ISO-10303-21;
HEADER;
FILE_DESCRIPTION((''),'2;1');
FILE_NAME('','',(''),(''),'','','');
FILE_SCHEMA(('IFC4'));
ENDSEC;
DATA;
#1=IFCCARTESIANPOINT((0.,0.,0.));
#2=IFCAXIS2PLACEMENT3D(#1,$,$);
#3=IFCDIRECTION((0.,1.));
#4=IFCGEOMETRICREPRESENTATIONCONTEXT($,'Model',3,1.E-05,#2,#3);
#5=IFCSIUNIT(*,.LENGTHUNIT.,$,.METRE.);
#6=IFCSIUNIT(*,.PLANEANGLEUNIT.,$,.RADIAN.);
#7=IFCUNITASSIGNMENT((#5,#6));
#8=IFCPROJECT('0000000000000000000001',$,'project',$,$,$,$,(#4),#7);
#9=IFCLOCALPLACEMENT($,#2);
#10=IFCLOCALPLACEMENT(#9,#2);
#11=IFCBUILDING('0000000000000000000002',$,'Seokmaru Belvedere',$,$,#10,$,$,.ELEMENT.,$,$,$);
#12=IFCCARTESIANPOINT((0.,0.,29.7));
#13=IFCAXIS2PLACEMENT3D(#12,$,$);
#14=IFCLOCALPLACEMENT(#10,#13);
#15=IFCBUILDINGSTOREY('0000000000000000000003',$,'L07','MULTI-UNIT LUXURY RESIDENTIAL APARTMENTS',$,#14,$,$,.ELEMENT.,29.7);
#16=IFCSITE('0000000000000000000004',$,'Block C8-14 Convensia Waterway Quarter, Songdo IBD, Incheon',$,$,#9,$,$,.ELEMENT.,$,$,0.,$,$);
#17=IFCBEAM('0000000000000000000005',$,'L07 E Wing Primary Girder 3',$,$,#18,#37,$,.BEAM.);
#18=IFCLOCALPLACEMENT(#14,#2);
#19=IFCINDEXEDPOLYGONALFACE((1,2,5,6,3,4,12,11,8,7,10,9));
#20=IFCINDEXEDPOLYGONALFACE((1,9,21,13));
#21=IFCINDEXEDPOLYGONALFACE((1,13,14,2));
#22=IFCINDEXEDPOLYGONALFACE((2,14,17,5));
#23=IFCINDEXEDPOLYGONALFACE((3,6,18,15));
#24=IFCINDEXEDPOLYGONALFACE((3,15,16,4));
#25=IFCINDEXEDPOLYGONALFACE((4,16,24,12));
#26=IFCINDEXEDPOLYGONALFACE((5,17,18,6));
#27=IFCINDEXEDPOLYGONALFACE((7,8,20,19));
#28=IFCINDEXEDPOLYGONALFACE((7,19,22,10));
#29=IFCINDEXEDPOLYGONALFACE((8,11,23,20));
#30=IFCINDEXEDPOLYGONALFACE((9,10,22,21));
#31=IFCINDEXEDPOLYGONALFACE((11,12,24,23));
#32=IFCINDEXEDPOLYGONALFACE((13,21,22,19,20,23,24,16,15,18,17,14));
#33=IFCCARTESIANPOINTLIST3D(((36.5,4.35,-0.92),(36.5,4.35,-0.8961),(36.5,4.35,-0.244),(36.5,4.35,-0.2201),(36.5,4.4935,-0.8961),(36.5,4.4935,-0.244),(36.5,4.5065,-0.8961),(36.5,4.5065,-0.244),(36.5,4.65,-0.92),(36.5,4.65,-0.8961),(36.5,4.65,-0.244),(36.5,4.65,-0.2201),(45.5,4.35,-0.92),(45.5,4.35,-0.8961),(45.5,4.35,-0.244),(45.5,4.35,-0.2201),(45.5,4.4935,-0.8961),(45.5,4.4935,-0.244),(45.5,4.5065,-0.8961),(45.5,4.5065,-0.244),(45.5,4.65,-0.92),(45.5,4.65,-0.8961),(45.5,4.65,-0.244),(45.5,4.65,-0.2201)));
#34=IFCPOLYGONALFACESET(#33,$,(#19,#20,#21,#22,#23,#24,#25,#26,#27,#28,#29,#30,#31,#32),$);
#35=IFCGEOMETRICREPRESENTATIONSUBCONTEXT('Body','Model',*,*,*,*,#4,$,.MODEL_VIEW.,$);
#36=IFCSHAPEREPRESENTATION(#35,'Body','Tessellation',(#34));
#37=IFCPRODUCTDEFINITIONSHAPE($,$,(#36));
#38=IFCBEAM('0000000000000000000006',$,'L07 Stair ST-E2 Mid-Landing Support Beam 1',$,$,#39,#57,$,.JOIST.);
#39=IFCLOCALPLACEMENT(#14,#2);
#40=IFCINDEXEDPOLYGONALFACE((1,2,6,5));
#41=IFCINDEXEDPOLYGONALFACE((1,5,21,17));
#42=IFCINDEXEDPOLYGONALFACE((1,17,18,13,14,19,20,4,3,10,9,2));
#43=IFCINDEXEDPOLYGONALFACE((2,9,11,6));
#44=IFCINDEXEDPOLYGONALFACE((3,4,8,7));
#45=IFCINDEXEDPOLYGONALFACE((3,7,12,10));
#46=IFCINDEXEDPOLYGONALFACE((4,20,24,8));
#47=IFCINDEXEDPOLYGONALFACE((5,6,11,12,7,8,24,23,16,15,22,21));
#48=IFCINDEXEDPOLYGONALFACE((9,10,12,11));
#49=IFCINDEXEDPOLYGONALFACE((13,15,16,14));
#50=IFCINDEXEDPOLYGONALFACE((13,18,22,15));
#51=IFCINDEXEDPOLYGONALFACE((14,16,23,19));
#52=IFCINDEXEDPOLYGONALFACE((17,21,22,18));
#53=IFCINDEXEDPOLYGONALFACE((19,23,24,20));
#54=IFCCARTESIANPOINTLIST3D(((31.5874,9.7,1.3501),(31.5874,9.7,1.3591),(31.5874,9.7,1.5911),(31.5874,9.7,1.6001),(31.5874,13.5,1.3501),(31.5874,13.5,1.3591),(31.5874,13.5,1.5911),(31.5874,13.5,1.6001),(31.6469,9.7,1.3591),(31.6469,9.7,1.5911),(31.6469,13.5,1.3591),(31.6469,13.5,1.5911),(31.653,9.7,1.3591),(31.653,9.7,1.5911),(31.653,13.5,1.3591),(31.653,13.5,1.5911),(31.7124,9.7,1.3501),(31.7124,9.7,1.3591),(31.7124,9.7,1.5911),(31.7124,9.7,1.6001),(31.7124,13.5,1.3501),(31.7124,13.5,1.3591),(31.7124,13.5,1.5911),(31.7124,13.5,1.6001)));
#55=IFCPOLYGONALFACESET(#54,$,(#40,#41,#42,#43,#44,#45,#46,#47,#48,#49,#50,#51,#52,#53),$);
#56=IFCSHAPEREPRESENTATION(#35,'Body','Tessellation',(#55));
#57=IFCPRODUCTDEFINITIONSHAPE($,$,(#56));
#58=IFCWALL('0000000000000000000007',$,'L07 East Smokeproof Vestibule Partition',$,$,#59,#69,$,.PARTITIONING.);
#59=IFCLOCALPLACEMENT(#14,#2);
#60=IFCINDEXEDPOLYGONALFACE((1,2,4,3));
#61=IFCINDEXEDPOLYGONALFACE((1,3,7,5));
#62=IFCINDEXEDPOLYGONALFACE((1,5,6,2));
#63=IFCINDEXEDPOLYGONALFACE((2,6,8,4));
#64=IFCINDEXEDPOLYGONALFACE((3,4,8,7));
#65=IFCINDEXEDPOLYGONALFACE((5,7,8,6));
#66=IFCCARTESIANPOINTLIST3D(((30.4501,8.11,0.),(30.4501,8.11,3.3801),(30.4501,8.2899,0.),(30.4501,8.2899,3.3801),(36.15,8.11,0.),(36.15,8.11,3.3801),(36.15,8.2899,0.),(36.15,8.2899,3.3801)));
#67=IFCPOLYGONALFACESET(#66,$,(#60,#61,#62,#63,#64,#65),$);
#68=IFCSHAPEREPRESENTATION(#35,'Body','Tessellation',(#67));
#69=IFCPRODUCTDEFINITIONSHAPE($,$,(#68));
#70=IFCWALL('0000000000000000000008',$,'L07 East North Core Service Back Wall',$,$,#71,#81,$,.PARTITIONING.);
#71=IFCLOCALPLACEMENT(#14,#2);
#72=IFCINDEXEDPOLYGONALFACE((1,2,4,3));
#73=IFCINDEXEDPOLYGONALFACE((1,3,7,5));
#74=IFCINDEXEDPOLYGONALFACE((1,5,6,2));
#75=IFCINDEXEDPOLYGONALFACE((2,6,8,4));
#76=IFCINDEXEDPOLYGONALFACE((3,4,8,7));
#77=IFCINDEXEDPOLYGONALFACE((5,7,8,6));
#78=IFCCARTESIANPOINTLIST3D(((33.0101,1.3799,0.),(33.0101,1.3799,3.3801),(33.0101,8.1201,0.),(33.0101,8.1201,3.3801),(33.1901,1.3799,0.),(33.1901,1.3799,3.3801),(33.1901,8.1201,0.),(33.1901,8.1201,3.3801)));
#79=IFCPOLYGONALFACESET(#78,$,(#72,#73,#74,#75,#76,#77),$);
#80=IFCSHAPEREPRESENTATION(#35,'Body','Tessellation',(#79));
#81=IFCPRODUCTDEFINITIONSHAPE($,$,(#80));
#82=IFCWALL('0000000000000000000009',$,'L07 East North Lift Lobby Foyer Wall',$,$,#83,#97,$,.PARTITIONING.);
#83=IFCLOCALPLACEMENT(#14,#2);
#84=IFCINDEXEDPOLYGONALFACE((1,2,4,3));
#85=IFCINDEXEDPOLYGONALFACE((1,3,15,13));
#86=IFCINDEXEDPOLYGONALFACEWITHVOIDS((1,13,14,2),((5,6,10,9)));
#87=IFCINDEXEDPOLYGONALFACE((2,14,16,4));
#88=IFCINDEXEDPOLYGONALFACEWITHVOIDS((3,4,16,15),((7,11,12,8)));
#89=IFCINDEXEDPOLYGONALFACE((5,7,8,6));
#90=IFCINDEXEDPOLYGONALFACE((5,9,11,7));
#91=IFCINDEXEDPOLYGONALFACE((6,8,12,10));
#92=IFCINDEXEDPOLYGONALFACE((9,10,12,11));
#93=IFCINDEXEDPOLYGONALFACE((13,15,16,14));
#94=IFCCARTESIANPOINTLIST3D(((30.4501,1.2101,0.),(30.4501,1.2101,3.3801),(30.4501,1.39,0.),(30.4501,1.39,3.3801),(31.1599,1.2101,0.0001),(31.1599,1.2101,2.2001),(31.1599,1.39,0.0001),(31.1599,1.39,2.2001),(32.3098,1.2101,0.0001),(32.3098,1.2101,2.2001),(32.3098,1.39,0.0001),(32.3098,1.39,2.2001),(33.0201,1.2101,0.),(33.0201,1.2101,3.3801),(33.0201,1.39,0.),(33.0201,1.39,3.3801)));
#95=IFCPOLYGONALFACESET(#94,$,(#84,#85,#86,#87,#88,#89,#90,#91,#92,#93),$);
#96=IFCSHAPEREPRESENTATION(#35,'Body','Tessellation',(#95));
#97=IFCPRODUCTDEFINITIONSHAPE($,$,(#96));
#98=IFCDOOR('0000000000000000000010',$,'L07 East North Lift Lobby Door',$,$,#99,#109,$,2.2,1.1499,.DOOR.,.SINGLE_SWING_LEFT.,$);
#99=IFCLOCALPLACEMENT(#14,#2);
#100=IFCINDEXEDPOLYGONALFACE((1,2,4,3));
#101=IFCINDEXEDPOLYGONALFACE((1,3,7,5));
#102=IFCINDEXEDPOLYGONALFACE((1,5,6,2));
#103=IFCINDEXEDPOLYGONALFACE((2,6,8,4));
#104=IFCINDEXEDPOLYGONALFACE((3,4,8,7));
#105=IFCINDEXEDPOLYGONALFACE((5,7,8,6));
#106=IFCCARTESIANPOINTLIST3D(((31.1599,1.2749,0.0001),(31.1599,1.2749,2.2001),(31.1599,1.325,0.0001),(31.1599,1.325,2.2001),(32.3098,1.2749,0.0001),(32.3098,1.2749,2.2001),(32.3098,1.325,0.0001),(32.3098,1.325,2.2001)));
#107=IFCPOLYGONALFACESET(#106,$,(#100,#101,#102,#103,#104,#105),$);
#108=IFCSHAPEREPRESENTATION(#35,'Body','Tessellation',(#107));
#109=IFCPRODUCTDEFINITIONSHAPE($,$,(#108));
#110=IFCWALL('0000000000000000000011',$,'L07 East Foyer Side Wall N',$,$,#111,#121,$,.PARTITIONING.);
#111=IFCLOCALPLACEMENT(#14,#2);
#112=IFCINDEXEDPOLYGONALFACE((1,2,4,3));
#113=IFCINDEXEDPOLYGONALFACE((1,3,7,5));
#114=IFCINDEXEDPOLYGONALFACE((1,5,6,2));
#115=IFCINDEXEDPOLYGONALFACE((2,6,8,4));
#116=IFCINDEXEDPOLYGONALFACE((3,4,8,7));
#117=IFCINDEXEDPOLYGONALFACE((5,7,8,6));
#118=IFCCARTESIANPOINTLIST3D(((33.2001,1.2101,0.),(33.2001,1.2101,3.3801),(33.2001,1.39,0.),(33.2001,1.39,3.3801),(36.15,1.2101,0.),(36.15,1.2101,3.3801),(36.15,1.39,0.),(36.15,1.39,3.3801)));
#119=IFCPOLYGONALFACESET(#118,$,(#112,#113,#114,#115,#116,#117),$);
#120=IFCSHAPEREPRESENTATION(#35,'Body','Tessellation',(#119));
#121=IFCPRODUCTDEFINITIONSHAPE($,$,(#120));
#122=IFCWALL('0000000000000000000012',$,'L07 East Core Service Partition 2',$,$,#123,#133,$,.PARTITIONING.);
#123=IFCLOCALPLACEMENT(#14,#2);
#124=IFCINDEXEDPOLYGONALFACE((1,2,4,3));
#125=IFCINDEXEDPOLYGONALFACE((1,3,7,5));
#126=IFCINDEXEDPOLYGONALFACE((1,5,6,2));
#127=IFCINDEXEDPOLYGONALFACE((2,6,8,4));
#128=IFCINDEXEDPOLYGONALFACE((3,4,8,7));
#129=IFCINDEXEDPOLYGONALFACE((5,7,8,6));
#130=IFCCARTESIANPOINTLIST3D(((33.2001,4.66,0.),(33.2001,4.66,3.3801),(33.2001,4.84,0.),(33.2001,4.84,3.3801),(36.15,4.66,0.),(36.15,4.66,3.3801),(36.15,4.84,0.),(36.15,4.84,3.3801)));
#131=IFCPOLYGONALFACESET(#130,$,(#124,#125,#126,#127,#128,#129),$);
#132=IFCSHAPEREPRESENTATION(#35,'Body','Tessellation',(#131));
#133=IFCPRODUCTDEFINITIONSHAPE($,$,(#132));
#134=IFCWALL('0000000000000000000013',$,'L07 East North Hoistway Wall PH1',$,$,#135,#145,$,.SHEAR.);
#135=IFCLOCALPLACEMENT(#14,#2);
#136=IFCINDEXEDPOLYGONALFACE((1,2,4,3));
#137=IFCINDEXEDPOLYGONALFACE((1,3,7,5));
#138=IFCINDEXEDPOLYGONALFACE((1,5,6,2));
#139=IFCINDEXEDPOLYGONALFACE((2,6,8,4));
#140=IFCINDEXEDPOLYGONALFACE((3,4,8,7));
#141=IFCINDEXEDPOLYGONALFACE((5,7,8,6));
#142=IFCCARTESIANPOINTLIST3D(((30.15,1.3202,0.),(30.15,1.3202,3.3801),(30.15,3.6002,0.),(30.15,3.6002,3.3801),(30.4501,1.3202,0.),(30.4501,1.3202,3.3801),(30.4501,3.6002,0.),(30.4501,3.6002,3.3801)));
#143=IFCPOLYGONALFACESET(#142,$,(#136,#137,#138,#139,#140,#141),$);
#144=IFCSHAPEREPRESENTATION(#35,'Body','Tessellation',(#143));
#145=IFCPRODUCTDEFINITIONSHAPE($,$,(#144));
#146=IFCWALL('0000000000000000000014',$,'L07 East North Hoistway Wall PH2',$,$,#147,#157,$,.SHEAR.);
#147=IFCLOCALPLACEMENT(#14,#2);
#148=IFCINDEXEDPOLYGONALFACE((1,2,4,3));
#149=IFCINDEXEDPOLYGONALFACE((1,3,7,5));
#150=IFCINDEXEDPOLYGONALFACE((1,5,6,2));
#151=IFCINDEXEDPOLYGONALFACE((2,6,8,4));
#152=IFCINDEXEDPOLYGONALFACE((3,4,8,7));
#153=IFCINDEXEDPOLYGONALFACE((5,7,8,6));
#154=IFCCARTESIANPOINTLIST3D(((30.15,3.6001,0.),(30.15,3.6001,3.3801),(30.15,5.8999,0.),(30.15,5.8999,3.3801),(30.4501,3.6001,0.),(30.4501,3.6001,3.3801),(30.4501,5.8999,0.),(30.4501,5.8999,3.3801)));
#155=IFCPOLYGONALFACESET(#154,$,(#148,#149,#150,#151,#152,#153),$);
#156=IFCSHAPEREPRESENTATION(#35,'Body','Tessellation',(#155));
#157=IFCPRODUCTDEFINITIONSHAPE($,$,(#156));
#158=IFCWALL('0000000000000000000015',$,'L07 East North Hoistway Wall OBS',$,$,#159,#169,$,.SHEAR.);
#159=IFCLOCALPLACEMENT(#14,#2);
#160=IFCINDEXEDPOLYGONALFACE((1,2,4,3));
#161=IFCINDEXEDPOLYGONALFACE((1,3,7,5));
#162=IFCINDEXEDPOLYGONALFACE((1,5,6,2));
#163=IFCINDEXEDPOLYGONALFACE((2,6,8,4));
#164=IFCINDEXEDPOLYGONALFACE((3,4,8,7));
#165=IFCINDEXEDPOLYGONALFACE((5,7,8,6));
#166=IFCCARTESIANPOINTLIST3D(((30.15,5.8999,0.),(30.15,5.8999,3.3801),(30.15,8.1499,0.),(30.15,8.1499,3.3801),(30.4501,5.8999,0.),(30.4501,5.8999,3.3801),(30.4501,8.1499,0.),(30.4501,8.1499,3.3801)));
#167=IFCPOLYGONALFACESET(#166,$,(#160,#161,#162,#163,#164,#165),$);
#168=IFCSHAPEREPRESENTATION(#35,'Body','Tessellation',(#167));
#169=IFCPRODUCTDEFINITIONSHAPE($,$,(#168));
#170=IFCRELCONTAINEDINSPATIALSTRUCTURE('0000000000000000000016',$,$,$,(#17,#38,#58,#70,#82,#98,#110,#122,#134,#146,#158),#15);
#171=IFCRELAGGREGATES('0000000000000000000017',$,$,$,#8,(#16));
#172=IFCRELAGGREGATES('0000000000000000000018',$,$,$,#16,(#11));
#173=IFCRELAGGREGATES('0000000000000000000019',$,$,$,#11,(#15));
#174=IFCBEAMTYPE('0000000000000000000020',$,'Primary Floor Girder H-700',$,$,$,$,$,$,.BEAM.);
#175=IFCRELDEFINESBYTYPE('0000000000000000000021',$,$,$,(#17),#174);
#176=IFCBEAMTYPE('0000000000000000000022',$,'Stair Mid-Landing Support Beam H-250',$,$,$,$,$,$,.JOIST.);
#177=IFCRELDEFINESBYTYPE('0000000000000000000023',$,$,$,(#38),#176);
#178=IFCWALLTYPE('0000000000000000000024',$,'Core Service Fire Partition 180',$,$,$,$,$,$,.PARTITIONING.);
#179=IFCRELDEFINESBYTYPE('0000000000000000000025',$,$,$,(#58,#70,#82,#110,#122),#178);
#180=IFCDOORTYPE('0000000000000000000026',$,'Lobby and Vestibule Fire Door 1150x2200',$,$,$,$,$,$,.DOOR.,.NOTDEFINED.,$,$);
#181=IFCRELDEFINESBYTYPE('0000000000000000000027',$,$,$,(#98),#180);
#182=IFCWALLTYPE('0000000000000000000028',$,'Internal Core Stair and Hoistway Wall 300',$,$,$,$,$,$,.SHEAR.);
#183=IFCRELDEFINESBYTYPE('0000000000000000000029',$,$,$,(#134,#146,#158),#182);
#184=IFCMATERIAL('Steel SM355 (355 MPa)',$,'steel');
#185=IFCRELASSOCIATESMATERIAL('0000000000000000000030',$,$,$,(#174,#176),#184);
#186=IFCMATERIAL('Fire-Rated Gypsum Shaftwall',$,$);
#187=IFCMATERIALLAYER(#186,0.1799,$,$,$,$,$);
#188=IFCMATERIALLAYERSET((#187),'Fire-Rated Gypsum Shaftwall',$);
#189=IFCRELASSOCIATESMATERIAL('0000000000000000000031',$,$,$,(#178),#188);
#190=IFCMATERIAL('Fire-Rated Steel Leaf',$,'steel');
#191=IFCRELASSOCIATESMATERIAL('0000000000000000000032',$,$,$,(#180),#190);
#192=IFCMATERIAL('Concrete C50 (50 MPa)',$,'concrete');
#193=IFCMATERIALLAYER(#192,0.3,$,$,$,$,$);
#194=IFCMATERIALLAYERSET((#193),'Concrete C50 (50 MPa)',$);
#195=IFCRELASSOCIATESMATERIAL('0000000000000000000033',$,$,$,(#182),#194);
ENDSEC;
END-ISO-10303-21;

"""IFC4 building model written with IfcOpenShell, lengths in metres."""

from ifc_helpers import new_model, si_unit, direction, frame, frame_2d, origin, origin_2d, place, context, subcontext, project, spatial, rectangle, i_section, extrude, source, transform, mapped, material, layer, layer_set, material_profile, profile_set, type_object, type_shapes, element, fill, save


model = new_model("IFC4")

# Units and contexts
model_context = context("Model", 3, precision=1e-05, world=origin(), true_north=direction((0.0, 1.0)))
body_context = subcontext(model_context, "Body", "Model", "MODEL_VIEW")
ifc_project = project(units=[si_unit("LENGTHUNIT", "METRE"), si_unit("PLANEANGLEUNIT", "RADIAN")], contexts=[model_context])

# Site, building, storey
site_placement = place(None, origin())
site = spatial("IfcSite", under=ifc_project, at=site_placement, Name="Block C8-14 Convensia Waterway Quarter, Songdo IBD, Incheon", CompositionType="ELEMENT", RefElevation=0.0)
building_placement = place(site_placement, origin())
building = spatial("IfcBuilding", under=site, at=building_placement, Name="Seokmaru Belvedere", CompositionType="ELEMENT")
storey_placement = place(building_placement, frame((0.0, 0.0, 29.7)))
storey = spatial("IfcBuildingStorey", under=building, at=storey_placement, Name="L07", Description="MULTI-UNIT LUXURY RESIDENTIAL APARTMENTS", CompositionType="ELEMENT", Elevation=29.7)

# Beams
ifc_material_1 = material(Name="Steel SM355 (355 MPa)", Category="steel")
ifc_material_profile_1 = material_profile(ifc_material_1, i_section(OverallWidth=0.3, OverallDepth=0.7, WebThickness=0.0129, FlangeThickness=0.0239, at=origin_2d()), Name="H-700x300x13x24")
ifc_profile_set_1 = profile_set([ifc_material_profile_1], Name="Steel SM355 (355 MPa)")
beam_type_1 = type_object("IfcBeamType", Name="Primary Floor Girder H-700", PredefinedType="BEAM", material=ifc_profile_set_1)
shared_shape_1 = source(origin(), body_context, "Body", "SweptSolid", [
    extrude(i_section(OverallWidth=0.3, OverallDepth=0.7, WebThickness=0.0129, FlangeThickness=0.0239, at=origin_2d()), origin(), (0.0, 0.0, 1.0), 9.0),
])
type_shapes(beam_type_1, [shared_shape_1])
beam_1_placement = place(storey_placement, frame((36.5, 4.5, -0.5701), z_axis=(1.0, 0.0, 0.0), x_axis=(0.0, 1.0, 0.0)))
element("IfcBeam", 1, at=beam_1_placement, inside=storey, type_object=beam_type_1, Name="L07 E Wing Primary Girder 3", PredefinedType="BEAM", context=body_context, shape_type="MappedRepresentation", body=[
    mapped(shared_shape_1, transform((0.0, 0.0, 0.0), scale=1.0)),
])
ifc_material_profile_2 = material_profile(ifc_material_1, i_section(OverallWidth=0.125, OverallDepth=0.25, WebThickness=0.0061, FlangeThickness=0.009, at=origin_2d()), Name="H-250x125x6x9")
ifc_profile_set_2 = profile_set([ifc_material_profile_2], Name="Steel SM355 (355 MPa)")
beam_type_2 = type_object("IfcBeamType", Name="Stair Mid-Landing Support Beam H-250", PredefinedType="JOIST", material=ifc_profile_set_2)
shared_shape_2 = source(origin(), body_context, "Body", "SweptSolid", [
    extrude(i_section(OverallWidth=0.125, OverallDepth=0.25, WebThickness=0.0061, FlangeThickness=0.009, at=origin_2d()), origin(), (0.0, 0.0, 1.0), 3.8),
])
type_shapes(beam_type_2, [shared_shape_2])
beam_2_placement = place(storey_placement, frame((31.6499, 9.7, 1.4751), z_axis=(0.0, 1.0, 0.0), x_axis=(-1.0, 0.0, 0.0)))
element("IfcBeam", 2, at=beam_2_placement, inside=storey, type_object=beam_type_2, Name="L07 Stair ST-E2 Mid-Landing Support Beam 1", PredefinedType="JOIST", context=body_context, shape_type="MappedRepresentation", body=[
    mapped(shared_shape_2, transform((0.0, 0.0, 0.0), scale=1.0)),
])

# Walls
ifc_material_2 = material(Name="Fire-Rated Gypsum Shaftwall")
ifc_layer_1 = layer(ifc_material_2, 0.1799)
ifc_layer_set_1 = layer_set([ifc_layer_1], Name="Fire-Rated Gypsum Shaftwall")
wall_type_1 = type_object("IfcWallType", Name="Core Service Fire Partition 180", PredefinedType="PARTITIONING", material=ifc_layer_set_1)
wall_1_placement = place(storey_placement, frame((30.45, 8.2, 0.0), z_axis=(0.0, 0.0, 1.0), x_axis=(1.0, 0.0, 0.0)))
element("IfcWall", 3, at=wall_1_placement, inside=storey, type_object=wall_type_1, Name="L07 East Smokeproof Vestibule Partition", PredefinedType="PARTITIONING", context=body_context, shape_type="SweptSolid", body=[
    extrude(rectangle(XDim=5.7, YDim=0.1799, at=frame_2d((2.8501, 0.0))), origin(), (0.0, 0.0, 1.0), 3.3801),
])
wall_2_placement = place(storey_placement, frame((33.1001, 1.3799, 0.0), z_axis=(0.0, 0.0, 1.0), x_axis=(0.0, 1.0, 0.0)))
element("IfcWall", 4, at=wall_2_placement, inside=storey, type_object=wall_type_1, Name="L07 East North Core Service Back Wall", PredefinedType="PARTITIONING", context=body_context, shape_type="SweptSolid", body=[
    extrude(rectangle(XDim=6.7402, YDim=0.1799, at=frame_2d((3.3701, 0.0))), origin(), (0.0, 0.0, 1.0), 3.3801),
])

# Wall, opening, door
wall_3_placement = place(storey_placement, frame((30.45, 1.3, 0.0), z_axis=(0.0, 0.0, 1.0), x_axis=(1.0, 0.0, 0.0)))
wall_3 = element("IfcWall", 5, at=wall_3_placement, inside=storey, type_object=wall_type_1, Name="L07 East North Lift Lobby Foyer Wall", PredefinedType="PARTITIONING", context=body_context, shape_type="SweptSolid", body=[
    extrude(rectangle(XDim=2.5701, YDim=0.1799, at=frame_2d((1.2852, 0.0))), origin(), (0.0, 0.0, 1.0), 3.3801),
])
opening_1_placement = place(wall_3_placement, frame((0.71, 0.0, 0.0)))
opening_1 = element("IfcOpeningElement", 6, at=opening_1_placement, cuts=wall_3, PredefinedType="OPENING", context=body_context, shape_type="SweptSolid", body=[
    extrude(rectangle(XDim=1.1499, YDim=2.2, at=frame_2d((0.575, 1.1001))), frame((0.0, 0.1001, 0.0), z_axis=(0.0, -1.0, 0.0), x_axis=(1.0, 0.0, 0.0)), (0.0, 0.0, 1.0), 0.2),
])
ifc_material_3 = material(Name="Fire-Rated Steel Leaf", Category="steel")
door_type_1 = type_object("IfcDoorType", Name="Lobby and Vestibule Fire Door 1150x2200", OperationType="NOTDEFINED", PredefinedType="DOOR", material=ifc_material_3)
shared_shape_3 = source(origin(), body_context, "Body", "SweptSolid", [
    extrude(rectangle(XDim=1.1499, YDim=2.2, at=frame_2d((0.575, 1.1001))), frame((0.0, 0.0249, 0.0), z_axis=(0.0, -1.0, 0.0), x_axis=(1.0, 0.0, 0.0)), (0.0, 0.0, 1.0), 0.05),
])
type_shapes(door_type_1, [shared_shape_3])
door_1_placement = place(opening_1_placement, origin())
door_1 = element("IfcDoor", 7, at=door_1_placement, inside=storey, type_object=door_type_1, Name="L07 East North Lift Lobby Door", OperationType="SINGLE_SWING_LEFT", OverallHeight=2.2, OverallWidth=1.1499, PredefinedType="DOOR", context=body_context, shape_type="MappedRepresentation", body=[
    mapped(shared_shape_3, transform((0.0, 0.0, 0.0), scale=1.0)),
])
fill(opening_1, door_1)

# Walls
for number, where, z_axis, x_axis, name in (
    (8, (33.2, 1.3, 0.0), (0.0, 0.0, 1.0), (1.0, 0.0, 0.0), "L07 East Foyer Side Wall N"),
    (9, (33.2, 4.75, 0.0), (0.0, 0.0, 1.0), (1.0, 0.0, 0.0), "L07 East Core Service Partition 2"),
):
    element("IfcWall", number, at=place(storey_placement, frame(where, z_axis=z_axis, x_axis=x_axis)), inside=storey, type_object=wall_type_1, Name=name, PredefinedType="PARTITIONING", context=body_context, shape_type="SweptSolid", body=[
        extrude(rectangle(XDim=2.95, YDim=0.1799, at=frame_2d((1.4751, 0.0))), origin(), (0.0, 0.0, 1.0), 3.3801),
    ])
ifc_material_4 = material(Name="Concrete C50 (50 MPa)", Category="concrete")
ifc_layer_2 = layer(ifc_material_4, 0.3)
ifc_layer_set_2 = layer_set([ifc_layer_2], Name="Concrete C50 (50 MPa)")
wall_type_2 = type_object("IfcWallType", Name="Internal Core Stair and Hoistway Wall 300", PredefinedType="SHEAR", material=ifc_layer_set_2)
wall_4_placement = place(storey_placement, frame((30.3, 1.3201, 0.0), z_axis=(0.0, 0.0, 1.0), x_axis=(0.0, 1.0, 0.0)))
element("IfcWall", 10, at=wall_4_placement, inside=storey, type_object=wall_type_2, Name="L07 East North Hoistway Wall PH1", PredefinedType="SHEAR", context=body_context, shape_type="SweptSolid", body=[
    extrude(rectangle(XDim=2.28, YDim=0.3, at=frame_2d((1.1401, 0.0))), origin(), (0.0, 0.0, 1.0), 3.3801),
])
wall_5_placement = place(storey_placement, frame((30.3, 3.6001, 0.0), z_axis=(0.0, 0.0, 1.0), x_axis=(0.0, 1.0, 0.0)))
element("IfcWall", 11, at=wall_5_placement, inside=storey, type_object=wall_type_2, Name="L07 East North Hoistway Wall PH2", PredefinedType="SHEAR", context=body_context, shape_type="SweptSolid", body=[
    extrude(rectangle(XDim=2.2998, YDim=0.3, at=frame_2d((1.1499, 0.0))), origin(), (0.0, 0.0, 1.0), 3.3801),
])
wall_6_placement = place(storey_placement, frame((30.3, 5.8999, 0.0), z_axis=(0.0, 0.0, 1.0), x_axis=(0.0, 1.0, 0.0)))
element("IfcWall", 12, at=wall_6_placement, inside=storey, type_object=wall_type_2, Name="L07 East North Hoistway Wall OBS", PredefinedType="SHEAR", context=body_context, shape_type="SweptSolid", body=[
    extrude(rectangle(XDim=2.25, YDim=0.3, at=frame_2d((1.125, 0.0))), origin(), (0.0, 0.0, 1.0), 3.3801),
])

save(model, "model.ifc")
